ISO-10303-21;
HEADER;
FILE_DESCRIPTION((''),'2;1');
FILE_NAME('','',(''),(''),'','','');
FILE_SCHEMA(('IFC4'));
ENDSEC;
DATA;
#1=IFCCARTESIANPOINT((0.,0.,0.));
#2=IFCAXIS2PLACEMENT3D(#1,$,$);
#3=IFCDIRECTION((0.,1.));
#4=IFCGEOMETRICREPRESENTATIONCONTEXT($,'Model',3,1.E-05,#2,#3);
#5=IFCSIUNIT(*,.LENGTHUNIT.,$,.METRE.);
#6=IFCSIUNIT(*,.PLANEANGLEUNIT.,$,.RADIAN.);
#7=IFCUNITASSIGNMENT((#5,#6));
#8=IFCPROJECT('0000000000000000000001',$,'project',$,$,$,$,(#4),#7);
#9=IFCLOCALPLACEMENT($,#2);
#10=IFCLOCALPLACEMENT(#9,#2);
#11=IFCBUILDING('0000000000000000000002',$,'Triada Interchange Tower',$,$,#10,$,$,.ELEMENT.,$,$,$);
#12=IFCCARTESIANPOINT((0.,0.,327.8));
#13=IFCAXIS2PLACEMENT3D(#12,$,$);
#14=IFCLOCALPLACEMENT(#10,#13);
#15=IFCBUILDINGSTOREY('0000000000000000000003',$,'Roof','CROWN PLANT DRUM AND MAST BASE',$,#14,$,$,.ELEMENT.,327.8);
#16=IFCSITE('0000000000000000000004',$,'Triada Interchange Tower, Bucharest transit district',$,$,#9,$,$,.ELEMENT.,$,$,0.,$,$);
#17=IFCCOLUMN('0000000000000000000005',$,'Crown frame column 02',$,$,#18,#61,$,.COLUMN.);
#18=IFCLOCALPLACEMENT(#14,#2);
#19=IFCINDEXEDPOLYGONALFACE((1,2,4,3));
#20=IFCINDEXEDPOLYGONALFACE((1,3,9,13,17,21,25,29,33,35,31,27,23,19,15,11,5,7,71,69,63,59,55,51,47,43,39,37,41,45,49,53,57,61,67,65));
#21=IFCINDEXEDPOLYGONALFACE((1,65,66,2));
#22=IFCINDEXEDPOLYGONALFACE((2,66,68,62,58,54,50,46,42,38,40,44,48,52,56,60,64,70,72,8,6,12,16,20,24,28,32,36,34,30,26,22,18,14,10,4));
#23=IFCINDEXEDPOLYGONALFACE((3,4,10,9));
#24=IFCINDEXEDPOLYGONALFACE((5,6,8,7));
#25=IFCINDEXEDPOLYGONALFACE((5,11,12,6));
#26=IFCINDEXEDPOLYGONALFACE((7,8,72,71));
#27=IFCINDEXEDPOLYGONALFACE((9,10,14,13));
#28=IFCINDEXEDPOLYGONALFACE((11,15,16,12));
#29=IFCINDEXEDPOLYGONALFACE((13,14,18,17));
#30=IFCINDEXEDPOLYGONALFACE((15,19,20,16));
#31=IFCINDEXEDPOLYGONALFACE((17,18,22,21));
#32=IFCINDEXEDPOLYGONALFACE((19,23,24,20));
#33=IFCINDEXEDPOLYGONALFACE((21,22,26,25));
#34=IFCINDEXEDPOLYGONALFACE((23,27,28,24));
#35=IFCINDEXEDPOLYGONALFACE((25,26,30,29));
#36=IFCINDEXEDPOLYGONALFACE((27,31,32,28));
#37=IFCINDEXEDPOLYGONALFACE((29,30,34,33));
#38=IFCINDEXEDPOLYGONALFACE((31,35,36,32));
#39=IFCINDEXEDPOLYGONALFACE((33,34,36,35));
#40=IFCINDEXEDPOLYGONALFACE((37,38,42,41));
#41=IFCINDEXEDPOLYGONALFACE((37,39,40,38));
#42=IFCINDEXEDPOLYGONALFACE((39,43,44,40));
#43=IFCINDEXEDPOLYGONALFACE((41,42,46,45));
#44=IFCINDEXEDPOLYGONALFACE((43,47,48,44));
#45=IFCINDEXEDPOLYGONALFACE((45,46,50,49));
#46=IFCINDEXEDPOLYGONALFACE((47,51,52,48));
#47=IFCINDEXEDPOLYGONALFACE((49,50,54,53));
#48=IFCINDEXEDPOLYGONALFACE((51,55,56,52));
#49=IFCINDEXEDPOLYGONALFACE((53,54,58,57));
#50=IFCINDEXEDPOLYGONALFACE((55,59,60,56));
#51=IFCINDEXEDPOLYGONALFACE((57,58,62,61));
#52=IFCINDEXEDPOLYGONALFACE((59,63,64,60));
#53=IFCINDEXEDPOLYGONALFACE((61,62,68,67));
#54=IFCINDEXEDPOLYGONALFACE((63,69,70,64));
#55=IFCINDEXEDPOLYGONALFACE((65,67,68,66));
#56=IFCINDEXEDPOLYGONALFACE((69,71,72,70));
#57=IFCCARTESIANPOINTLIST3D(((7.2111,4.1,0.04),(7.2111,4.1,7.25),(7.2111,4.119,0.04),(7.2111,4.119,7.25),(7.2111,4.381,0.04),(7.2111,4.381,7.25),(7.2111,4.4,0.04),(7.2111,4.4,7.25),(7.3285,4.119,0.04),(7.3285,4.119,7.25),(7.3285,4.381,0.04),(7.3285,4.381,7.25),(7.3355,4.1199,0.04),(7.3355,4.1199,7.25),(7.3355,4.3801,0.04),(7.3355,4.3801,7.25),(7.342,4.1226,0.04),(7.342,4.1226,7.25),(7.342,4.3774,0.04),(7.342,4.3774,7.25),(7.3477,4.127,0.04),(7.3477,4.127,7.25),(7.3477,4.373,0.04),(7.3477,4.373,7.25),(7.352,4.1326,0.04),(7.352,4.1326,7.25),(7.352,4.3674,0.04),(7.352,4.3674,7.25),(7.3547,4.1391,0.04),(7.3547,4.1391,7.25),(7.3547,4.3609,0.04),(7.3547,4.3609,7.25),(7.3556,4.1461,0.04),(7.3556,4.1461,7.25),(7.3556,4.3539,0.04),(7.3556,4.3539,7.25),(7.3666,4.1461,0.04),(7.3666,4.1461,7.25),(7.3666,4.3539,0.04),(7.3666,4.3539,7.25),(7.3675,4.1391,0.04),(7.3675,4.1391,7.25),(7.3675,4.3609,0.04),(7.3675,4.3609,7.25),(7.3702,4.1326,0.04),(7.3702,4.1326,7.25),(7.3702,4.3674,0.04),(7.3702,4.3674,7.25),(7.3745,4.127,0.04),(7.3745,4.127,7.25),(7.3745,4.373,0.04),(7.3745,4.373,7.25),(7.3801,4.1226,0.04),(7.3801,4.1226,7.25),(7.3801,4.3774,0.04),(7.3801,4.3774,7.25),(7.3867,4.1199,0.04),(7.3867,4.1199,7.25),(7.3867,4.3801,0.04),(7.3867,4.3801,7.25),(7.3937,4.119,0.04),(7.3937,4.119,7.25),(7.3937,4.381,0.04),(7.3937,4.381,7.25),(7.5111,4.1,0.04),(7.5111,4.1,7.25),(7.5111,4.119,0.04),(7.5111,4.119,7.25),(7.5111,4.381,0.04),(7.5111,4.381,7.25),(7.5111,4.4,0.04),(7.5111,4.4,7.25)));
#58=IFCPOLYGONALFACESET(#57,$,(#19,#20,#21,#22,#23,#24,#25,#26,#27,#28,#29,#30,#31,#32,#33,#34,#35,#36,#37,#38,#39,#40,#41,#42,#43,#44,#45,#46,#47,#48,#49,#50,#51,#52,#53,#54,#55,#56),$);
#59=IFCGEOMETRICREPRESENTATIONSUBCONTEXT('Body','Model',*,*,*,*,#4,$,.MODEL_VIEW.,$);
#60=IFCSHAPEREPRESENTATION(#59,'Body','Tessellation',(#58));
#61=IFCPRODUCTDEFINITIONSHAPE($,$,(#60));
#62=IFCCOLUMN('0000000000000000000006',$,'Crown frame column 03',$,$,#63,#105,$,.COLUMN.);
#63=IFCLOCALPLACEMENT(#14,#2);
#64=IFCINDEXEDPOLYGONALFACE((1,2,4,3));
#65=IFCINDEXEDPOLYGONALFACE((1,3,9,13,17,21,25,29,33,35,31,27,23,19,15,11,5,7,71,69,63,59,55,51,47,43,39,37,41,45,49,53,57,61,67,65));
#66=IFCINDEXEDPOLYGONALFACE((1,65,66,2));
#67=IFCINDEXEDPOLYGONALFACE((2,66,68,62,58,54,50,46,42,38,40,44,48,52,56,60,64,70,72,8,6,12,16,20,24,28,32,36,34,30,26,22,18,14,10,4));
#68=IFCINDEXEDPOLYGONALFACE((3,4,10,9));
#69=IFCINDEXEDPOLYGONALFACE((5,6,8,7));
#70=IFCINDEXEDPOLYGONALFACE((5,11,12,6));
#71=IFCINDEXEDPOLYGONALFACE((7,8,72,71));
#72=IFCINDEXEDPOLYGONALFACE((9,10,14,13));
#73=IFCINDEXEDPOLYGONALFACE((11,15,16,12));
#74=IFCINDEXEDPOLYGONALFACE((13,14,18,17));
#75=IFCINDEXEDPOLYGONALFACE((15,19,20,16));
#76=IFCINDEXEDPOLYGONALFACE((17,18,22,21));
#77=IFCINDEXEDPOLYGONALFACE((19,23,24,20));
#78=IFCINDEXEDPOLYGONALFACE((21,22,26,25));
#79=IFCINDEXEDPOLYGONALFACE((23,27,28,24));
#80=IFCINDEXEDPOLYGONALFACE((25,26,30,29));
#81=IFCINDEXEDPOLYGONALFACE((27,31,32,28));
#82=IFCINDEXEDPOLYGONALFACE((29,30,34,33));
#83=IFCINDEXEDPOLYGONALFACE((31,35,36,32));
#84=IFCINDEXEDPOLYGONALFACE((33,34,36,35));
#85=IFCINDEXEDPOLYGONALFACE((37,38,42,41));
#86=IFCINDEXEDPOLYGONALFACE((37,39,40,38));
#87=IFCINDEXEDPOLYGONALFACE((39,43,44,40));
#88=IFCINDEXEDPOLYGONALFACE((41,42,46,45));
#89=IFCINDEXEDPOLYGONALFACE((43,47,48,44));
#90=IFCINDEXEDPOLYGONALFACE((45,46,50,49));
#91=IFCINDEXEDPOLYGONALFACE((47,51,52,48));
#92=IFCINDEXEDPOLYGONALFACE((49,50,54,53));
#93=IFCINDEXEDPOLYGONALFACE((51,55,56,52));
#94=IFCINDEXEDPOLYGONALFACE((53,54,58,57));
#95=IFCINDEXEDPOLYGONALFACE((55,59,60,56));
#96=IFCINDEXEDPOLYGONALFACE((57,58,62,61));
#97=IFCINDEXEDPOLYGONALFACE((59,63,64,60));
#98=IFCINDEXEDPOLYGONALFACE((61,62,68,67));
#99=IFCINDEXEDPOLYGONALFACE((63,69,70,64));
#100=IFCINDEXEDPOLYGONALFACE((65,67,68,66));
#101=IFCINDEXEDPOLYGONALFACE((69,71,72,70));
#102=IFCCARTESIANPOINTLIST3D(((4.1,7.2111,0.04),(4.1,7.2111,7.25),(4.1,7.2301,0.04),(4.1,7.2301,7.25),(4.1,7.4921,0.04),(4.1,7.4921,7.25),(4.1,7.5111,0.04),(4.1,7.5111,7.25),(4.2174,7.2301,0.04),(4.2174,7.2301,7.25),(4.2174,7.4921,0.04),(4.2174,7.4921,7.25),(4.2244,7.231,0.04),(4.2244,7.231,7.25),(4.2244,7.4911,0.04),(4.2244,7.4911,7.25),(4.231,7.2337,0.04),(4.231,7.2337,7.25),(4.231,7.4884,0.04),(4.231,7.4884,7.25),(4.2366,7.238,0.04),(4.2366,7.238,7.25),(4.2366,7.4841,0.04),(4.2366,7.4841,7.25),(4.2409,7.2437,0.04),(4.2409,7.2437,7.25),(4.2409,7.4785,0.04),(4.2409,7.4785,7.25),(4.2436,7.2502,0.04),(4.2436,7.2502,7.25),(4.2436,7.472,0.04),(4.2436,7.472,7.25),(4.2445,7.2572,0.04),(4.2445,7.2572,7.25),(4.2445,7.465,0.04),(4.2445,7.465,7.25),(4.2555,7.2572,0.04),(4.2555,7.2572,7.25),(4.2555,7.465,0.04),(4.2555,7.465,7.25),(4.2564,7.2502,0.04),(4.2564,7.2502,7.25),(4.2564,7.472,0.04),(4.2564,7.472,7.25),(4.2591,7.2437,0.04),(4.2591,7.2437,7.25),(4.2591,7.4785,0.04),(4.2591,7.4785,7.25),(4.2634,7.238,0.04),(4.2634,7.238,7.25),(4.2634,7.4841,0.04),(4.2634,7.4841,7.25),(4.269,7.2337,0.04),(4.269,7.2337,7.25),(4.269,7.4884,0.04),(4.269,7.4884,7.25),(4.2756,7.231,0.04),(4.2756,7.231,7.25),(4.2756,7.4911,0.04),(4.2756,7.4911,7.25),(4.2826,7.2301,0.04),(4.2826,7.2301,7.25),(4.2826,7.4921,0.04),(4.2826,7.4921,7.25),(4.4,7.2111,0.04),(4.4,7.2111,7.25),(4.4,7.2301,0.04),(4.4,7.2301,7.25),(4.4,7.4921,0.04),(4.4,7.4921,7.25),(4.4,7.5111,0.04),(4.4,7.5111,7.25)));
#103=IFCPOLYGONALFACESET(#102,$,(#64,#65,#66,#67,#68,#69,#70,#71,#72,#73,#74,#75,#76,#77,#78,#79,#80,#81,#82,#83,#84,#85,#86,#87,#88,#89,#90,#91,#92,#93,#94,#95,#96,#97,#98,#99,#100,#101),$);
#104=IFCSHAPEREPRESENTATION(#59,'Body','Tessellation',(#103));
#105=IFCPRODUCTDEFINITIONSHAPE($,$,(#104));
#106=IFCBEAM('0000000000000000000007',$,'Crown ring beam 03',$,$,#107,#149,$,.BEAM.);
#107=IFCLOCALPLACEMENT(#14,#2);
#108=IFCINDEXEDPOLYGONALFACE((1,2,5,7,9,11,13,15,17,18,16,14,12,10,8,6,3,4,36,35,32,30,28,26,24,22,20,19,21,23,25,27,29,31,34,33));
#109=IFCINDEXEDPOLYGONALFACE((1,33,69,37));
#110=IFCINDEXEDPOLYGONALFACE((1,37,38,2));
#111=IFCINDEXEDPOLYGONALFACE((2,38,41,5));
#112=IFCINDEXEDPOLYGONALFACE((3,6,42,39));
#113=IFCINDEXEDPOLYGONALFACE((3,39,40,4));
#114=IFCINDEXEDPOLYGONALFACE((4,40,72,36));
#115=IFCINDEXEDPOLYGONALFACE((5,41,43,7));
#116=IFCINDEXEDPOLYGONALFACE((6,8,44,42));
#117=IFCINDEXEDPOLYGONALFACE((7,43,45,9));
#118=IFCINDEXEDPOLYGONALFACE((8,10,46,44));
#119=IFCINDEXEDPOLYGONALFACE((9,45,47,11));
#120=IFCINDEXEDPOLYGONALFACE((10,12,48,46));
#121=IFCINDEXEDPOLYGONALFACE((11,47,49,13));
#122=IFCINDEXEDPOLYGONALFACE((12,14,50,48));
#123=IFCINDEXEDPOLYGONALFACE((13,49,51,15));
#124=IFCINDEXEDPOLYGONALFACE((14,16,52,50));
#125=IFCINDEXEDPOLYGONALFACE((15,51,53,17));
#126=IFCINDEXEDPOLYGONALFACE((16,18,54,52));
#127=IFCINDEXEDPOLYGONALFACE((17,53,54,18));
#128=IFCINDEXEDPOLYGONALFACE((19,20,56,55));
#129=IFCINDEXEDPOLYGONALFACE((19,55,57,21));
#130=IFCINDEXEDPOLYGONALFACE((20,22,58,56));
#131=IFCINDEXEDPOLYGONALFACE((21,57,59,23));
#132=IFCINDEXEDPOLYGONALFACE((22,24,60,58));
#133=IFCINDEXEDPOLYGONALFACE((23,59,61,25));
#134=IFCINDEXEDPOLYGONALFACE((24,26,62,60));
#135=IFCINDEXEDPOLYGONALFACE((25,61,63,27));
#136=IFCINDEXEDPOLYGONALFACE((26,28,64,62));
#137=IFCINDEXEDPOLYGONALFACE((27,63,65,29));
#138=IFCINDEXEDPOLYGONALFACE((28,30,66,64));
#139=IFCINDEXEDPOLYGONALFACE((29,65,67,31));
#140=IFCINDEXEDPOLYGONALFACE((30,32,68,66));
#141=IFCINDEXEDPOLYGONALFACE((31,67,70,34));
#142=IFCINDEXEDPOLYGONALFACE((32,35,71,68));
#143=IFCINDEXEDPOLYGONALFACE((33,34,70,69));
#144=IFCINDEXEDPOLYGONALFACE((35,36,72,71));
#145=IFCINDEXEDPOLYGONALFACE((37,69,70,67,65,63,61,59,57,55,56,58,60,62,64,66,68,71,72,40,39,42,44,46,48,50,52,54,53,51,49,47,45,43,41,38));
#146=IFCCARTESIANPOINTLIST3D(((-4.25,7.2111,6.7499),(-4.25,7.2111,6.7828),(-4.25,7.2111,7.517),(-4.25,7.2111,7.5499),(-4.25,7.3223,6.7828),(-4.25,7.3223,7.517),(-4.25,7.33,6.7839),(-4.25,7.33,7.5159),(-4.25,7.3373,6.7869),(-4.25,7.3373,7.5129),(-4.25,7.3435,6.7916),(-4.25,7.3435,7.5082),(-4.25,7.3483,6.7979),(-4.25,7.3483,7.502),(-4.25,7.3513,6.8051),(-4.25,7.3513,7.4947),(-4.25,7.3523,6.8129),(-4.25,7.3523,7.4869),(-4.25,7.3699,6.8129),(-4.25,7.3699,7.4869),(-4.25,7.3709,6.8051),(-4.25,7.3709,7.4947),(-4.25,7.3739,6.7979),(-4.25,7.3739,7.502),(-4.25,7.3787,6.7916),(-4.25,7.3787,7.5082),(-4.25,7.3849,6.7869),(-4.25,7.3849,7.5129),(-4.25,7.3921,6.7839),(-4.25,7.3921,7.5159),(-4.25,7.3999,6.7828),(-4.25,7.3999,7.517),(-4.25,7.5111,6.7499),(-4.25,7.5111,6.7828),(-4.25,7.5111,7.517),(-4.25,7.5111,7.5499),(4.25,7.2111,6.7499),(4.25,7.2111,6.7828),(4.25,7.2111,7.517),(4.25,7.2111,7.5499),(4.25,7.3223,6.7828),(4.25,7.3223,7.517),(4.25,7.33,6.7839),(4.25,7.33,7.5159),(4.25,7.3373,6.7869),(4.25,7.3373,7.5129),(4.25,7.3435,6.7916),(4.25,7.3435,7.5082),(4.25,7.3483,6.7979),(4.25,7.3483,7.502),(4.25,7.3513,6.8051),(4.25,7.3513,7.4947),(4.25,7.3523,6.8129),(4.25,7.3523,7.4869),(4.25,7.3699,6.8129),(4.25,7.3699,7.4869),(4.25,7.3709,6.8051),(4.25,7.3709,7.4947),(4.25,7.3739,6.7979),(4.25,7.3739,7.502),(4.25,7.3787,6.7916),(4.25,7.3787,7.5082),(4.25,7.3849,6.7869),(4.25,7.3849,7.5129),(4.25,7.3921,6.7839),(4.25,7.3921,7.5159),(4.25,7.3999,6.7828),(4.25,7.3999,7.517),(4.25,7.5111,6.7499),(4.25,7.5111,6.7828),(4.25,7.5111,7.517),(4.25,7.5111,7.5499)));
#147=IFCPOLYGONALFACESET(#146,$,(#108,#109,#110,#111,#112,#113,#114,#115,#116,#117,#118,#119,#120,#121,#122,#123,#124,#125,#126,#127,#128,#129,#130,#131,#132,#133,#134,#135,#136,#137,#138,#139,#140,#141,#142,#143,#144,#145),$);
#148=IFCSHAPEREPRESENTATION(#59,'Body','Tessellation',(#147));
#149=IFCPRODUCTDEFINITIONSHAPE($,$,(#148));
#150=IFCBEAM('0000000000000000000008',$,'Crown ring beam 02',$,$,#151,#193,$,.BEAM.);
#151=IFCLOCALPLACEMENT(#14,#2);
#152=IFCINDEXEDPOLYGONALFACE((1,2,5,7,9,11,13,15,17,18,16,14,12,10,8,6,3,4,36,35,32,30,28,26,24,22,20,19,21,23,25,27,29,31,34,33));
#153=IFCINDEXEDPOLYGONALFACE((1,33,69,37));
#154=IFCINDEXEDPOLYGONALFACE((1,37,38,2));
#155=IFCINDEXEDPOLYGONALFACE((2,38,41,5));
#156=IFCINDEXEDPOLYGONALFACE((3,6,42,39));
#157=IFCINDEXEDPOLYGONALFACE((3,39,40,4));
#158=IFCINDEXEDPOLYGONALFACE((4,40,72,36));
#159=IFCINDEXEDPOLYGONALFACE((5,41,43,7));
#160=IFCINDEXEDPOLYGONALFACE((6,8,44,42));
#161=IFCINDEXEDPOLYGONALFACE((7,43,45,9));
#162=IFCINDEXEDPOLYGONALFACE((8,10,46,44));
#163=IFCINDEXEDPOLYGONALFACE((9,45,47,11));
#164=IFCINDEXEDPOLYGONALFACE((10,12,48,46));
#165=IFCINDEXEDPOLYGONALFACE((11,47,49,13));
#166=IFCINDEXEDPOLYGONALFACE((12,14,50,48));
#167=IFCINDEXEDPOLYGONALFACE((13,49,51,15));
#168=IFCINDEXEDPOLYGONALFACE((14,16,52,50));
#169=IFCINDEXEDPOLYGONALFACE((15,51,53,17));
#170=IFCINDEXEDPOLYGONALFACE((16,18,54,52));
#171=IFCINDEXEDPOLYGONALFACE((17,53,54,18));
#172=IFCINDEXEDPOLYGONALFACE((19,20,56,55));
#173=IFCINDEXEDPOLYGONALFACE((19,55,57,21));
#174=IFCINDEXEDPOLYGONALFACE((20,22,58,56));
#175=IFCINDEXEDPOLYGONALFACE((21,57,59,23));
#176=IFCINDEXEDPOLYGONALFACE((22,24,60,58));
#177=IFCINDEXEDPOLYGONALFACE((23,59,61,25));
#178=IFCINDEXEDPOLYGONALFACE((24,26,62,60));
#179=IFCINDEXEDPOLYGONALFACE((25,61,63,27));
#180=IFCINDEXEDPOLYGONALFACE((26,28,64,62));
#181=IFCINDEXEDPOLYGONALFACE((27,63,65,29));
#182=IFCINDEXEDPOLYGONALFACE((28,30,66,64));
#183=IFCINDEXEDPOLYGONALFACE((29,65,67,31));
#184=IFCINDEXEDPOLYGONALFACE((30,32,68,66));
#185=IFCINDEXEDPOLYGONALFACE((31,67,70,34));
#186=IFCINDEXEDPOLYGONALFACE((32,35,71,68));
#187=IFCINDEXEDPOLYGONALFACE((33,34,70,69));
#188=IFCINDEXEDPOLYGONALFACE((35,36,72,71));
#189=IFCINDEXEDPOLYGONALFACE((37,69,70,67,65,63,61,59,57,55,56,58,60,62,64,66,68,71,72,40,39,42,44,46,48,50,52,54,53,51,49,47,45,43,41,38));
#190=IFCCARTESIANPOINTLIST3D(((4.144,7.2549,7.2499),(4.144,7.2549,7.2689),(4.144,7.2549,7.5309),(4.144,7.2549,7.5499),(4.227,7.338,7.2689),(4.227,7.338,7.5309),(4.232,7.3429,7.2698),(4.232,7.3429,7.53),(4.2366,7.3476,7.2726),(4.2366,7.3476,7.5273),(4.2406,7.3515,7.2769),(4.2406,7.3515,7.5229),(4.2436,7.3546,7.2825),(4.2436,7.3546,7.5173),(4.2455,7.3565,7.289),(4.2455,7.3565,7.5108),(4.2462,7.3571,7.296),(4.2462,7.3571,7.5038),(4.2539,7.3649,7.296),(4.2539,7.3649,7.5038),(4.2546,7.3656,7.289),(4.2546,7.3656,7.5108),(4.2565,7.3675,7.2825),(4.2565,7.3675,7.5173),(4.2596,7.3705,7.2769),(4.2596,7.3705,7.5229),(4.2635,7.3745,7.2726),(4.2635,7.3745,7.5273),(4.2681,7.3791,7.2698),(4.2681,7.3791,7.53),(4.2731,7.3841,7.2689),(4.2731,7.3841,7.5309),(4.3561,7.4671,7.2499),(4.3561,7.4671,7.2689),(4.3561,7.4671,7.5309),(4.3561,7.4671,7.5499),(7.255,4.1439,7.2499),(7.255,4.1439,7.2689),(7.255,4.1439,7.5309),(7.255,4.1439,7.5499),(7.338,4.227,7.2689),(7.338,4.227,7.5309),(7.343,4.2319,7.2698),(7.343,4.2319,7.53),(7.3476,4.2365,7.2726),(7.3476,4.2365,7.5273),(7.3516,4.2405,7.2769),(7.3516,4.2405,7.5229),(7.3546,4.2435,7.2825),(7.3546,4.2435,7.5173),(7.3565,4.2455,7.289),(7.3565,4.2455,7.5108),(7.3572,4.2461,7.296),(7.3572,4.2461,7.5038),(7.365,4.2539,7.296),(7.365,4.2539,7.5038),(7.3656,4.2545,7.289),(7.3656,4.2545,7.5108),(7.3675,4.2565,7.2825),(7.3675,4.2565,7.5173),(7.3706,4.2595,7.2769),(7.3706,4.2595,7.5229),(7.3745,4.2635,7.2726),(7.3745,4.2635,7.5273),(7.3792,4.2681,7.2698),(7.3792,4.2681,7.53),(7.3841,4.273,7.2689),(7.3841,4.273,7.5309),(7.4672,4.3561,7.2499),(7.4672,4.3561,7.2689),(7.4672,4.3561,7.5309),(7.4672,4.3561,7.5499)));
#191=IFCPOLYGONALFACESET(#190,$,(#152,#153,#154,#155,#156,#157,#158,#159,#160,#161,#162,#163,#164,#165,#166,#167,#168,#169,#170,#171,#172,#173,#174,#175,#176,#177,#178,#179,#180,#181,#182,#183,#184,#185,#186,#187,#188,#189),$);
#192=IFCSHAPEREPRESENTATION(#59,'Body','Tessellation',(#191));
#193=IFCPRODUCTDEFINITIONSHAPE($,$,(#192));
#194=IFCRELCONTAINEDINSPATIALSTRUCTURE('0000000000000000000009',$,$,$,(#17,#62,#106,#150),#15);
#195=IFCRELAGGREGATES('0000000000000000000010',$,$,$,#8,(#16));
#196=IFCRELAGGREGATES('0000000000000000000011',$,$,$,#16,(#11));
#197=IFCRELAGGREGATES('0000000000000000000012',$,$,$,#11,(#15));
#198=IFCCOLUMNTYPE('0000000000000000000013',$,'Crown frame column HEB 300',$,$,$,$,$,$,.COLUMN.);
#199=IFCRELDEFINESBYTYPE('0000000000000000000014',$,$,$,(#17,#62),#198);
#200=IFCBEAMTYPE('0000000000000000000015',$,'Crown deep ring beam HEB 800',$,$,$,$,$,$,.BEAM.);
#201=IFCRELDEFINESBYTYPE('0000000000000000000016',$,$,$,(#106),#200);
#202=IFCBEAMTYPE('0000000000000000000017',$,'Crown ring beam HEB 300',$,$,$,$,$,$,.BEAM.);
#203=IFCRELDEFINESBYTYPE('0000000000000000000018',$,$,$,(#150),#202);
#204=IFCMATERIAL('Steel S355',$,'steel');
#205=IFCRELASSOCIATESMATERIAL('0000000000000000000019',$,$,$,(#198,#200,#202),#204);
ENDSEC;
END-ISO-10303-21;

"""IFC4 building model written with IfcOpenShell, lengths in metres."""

from ifc_helpers import new_model, si_unit, direction, frame, origin, origin_2d, place, context, subcontext, project, spatial, i_section, extrude, material, material_profile, profile_set, type_object, element, save


model = new_model("IFC4")

# Units and contexts
model_context = context("Model", 3, precision=1e-05, world=origin(), true_north=direction((0.0, 1.0)))
body_context = subcontext(model_context, "Body", "Model", "MODEL_VIEW")
ifc_project = project(units=[si_unit("LENGTHUNIT", "METRE"), si_unit("PLANEANGLEUNIT", "RADIAN")], contexts=[model_context])

# Site, building, storey
site_placement = place(None, origin())
site = spatial("IfcSite", under=ifc_project, at=site_placement, Name="Triada Interchange Tower, Bucharest transit district", CompositionType="ELEMENT", RefElevation=0.0)
building_placement = place(site_placement, origin())
building = spatial("IfcBuilding", under=site, at=building_placement, Name="Triada Interchange Tower", CompositionType="ELEMENT")
storey_placement = place(building_placement, frame((0.0, 0.0, 327.8)))
storey = spatial("IfcBuildingStorey", under=building, at=storey_placement, Name="Roof", Description="CROWN PLANT DRUM AND MAST BASE", CompositionType="ELEMENT", Elevation=327.8)

# Columns
ifc_material_1 = material(Name="Steel S355", Category="steel")
ifc_material_profile_1 = material_profile(ifc_material_1, i_section(OverallWidth=0.3, OverallDepth=0.3, WebThickness=0.011, FlangeThickness=0.019, FilletRadius=0.0271, at=origin_2d()), Name="HEB 300")
ifc_profile_set_1 = profile_set([ifc_material_profile_1], Name="Steel S355")
column_type = type_object("IfcColumnType", Name="Crown frame column HEB 300", PredefinedType="COLUMN", material=ifc_profile_set_1)
for number, where, z_axis, x_axis, name in (
    (1, (7.3611, 4.25, 0.04), (0.0, 0.0, 1.0), (1.0, 0.0, 0.0), "Crown frame column 02"),
    (2, (4.25, 7.3611, 0.04), (0.0, 0.0, 1.0), (1.0, 0.0, 0.0), "Crown frame column 03"),
):
    element("IfcColumn", number, at=place(storey_placement, frame(where, z_axis=z_axis, x_axis=x_axis)), inside=storey, type_object=column_type, Name=name, PredefinedType="COLUMN", context=body_context, shape_type="SweptSolid", body=[
        extrude(i_section(OverallWidth=0.3, OverallDepth=0.3, WebThickness=0.011, FlangeThickness=0.019, FilletRadius=0.0271, at=origin_2d()), origin(), (0.0, 0.0, 1.0), 7.21),
    ])

# Beams
ifc_material_profile_2 = material_profile(ifc_material_1, i_section(OverallWidth=0.3, OverallDepth=0.8, WebThickness=0.0176, FlangeThickness=0.033, FilletRadius=0.03, at=origin_2d()), Name="HEB 800")
ifc_profile_set_2 = profile_set([ifc_material_profile_2], Name="Steel S355")
beam_type_1 = type_object("IfcBeamType", Name="Crown deep ring beam HEB 800", PredefinedType="BEAM", material=ifc_profile_set_2)
beam_1_placement = place(storey_placement, frame((4.25, 7.3611, 7.1499), z_axis=(-1.0, 0.0, 0.0), x_axis=(0.0, -1.0, 0.0)))
element("IfcBeam", 3, at=beam_1_placement, inside=storey, type_object=beam_type_1, Name="Crown ring beam 03", PredefinedType="BEAM", context=body_context, shape_type="SweptSolid", body=[
    extrude(i_section(OverallWidth=0.3, OverallDepth=0.8, WebThickness=0.0176, FlangeThickness=0.033, FilletRadius=0.03, at=origin_2d()), origin(), (0.0, 0.0, 1.0), 8.5),
])
ifc_material_profile_3 = material_profile(ifc_material_1, i_section(OverallWidth=0.3, OverallDepth=0.3, WebThickness=0.011, FlangeThickness=0.019, FilletRadius=0.0271, at=origin_2d()), Name="HEB 300")
ifc_profile_set_3 = profile_set([ifc_material_profile_3], Name="Steel S355")
beam_type_2 = type_object("IfcBeamType", Name="Crown ring beam HEB 300", PredefinedType="BEAM", material=ifc_profile_set_3)
beam_2_placement = place(storey_placement, frame((7.3611, 4.25, 7.3999), z_axis=(-0.707107, 0.707107, 0.0), x_axis=(-0.707107, -0.707107, 0.0)))
element("IfcBeam", 4, at=beam_2_placement, inside=storey, type_object=beam_type_2, Name="Crown ring beam 02", PredefinedType="BEAM", context=body_context, shape_type="SweptSolid", body=[
    extrude(i_section(OverallWidth=0.3, OverallDepth=0.3, WebThickness=0.011, FlangeThickness=0.019, FilletRadius=0.0271, at=origin_2d()), origin(), (0.0, 0.0, 1.0), 4.3997),
])

save(model, "model.ifc")
